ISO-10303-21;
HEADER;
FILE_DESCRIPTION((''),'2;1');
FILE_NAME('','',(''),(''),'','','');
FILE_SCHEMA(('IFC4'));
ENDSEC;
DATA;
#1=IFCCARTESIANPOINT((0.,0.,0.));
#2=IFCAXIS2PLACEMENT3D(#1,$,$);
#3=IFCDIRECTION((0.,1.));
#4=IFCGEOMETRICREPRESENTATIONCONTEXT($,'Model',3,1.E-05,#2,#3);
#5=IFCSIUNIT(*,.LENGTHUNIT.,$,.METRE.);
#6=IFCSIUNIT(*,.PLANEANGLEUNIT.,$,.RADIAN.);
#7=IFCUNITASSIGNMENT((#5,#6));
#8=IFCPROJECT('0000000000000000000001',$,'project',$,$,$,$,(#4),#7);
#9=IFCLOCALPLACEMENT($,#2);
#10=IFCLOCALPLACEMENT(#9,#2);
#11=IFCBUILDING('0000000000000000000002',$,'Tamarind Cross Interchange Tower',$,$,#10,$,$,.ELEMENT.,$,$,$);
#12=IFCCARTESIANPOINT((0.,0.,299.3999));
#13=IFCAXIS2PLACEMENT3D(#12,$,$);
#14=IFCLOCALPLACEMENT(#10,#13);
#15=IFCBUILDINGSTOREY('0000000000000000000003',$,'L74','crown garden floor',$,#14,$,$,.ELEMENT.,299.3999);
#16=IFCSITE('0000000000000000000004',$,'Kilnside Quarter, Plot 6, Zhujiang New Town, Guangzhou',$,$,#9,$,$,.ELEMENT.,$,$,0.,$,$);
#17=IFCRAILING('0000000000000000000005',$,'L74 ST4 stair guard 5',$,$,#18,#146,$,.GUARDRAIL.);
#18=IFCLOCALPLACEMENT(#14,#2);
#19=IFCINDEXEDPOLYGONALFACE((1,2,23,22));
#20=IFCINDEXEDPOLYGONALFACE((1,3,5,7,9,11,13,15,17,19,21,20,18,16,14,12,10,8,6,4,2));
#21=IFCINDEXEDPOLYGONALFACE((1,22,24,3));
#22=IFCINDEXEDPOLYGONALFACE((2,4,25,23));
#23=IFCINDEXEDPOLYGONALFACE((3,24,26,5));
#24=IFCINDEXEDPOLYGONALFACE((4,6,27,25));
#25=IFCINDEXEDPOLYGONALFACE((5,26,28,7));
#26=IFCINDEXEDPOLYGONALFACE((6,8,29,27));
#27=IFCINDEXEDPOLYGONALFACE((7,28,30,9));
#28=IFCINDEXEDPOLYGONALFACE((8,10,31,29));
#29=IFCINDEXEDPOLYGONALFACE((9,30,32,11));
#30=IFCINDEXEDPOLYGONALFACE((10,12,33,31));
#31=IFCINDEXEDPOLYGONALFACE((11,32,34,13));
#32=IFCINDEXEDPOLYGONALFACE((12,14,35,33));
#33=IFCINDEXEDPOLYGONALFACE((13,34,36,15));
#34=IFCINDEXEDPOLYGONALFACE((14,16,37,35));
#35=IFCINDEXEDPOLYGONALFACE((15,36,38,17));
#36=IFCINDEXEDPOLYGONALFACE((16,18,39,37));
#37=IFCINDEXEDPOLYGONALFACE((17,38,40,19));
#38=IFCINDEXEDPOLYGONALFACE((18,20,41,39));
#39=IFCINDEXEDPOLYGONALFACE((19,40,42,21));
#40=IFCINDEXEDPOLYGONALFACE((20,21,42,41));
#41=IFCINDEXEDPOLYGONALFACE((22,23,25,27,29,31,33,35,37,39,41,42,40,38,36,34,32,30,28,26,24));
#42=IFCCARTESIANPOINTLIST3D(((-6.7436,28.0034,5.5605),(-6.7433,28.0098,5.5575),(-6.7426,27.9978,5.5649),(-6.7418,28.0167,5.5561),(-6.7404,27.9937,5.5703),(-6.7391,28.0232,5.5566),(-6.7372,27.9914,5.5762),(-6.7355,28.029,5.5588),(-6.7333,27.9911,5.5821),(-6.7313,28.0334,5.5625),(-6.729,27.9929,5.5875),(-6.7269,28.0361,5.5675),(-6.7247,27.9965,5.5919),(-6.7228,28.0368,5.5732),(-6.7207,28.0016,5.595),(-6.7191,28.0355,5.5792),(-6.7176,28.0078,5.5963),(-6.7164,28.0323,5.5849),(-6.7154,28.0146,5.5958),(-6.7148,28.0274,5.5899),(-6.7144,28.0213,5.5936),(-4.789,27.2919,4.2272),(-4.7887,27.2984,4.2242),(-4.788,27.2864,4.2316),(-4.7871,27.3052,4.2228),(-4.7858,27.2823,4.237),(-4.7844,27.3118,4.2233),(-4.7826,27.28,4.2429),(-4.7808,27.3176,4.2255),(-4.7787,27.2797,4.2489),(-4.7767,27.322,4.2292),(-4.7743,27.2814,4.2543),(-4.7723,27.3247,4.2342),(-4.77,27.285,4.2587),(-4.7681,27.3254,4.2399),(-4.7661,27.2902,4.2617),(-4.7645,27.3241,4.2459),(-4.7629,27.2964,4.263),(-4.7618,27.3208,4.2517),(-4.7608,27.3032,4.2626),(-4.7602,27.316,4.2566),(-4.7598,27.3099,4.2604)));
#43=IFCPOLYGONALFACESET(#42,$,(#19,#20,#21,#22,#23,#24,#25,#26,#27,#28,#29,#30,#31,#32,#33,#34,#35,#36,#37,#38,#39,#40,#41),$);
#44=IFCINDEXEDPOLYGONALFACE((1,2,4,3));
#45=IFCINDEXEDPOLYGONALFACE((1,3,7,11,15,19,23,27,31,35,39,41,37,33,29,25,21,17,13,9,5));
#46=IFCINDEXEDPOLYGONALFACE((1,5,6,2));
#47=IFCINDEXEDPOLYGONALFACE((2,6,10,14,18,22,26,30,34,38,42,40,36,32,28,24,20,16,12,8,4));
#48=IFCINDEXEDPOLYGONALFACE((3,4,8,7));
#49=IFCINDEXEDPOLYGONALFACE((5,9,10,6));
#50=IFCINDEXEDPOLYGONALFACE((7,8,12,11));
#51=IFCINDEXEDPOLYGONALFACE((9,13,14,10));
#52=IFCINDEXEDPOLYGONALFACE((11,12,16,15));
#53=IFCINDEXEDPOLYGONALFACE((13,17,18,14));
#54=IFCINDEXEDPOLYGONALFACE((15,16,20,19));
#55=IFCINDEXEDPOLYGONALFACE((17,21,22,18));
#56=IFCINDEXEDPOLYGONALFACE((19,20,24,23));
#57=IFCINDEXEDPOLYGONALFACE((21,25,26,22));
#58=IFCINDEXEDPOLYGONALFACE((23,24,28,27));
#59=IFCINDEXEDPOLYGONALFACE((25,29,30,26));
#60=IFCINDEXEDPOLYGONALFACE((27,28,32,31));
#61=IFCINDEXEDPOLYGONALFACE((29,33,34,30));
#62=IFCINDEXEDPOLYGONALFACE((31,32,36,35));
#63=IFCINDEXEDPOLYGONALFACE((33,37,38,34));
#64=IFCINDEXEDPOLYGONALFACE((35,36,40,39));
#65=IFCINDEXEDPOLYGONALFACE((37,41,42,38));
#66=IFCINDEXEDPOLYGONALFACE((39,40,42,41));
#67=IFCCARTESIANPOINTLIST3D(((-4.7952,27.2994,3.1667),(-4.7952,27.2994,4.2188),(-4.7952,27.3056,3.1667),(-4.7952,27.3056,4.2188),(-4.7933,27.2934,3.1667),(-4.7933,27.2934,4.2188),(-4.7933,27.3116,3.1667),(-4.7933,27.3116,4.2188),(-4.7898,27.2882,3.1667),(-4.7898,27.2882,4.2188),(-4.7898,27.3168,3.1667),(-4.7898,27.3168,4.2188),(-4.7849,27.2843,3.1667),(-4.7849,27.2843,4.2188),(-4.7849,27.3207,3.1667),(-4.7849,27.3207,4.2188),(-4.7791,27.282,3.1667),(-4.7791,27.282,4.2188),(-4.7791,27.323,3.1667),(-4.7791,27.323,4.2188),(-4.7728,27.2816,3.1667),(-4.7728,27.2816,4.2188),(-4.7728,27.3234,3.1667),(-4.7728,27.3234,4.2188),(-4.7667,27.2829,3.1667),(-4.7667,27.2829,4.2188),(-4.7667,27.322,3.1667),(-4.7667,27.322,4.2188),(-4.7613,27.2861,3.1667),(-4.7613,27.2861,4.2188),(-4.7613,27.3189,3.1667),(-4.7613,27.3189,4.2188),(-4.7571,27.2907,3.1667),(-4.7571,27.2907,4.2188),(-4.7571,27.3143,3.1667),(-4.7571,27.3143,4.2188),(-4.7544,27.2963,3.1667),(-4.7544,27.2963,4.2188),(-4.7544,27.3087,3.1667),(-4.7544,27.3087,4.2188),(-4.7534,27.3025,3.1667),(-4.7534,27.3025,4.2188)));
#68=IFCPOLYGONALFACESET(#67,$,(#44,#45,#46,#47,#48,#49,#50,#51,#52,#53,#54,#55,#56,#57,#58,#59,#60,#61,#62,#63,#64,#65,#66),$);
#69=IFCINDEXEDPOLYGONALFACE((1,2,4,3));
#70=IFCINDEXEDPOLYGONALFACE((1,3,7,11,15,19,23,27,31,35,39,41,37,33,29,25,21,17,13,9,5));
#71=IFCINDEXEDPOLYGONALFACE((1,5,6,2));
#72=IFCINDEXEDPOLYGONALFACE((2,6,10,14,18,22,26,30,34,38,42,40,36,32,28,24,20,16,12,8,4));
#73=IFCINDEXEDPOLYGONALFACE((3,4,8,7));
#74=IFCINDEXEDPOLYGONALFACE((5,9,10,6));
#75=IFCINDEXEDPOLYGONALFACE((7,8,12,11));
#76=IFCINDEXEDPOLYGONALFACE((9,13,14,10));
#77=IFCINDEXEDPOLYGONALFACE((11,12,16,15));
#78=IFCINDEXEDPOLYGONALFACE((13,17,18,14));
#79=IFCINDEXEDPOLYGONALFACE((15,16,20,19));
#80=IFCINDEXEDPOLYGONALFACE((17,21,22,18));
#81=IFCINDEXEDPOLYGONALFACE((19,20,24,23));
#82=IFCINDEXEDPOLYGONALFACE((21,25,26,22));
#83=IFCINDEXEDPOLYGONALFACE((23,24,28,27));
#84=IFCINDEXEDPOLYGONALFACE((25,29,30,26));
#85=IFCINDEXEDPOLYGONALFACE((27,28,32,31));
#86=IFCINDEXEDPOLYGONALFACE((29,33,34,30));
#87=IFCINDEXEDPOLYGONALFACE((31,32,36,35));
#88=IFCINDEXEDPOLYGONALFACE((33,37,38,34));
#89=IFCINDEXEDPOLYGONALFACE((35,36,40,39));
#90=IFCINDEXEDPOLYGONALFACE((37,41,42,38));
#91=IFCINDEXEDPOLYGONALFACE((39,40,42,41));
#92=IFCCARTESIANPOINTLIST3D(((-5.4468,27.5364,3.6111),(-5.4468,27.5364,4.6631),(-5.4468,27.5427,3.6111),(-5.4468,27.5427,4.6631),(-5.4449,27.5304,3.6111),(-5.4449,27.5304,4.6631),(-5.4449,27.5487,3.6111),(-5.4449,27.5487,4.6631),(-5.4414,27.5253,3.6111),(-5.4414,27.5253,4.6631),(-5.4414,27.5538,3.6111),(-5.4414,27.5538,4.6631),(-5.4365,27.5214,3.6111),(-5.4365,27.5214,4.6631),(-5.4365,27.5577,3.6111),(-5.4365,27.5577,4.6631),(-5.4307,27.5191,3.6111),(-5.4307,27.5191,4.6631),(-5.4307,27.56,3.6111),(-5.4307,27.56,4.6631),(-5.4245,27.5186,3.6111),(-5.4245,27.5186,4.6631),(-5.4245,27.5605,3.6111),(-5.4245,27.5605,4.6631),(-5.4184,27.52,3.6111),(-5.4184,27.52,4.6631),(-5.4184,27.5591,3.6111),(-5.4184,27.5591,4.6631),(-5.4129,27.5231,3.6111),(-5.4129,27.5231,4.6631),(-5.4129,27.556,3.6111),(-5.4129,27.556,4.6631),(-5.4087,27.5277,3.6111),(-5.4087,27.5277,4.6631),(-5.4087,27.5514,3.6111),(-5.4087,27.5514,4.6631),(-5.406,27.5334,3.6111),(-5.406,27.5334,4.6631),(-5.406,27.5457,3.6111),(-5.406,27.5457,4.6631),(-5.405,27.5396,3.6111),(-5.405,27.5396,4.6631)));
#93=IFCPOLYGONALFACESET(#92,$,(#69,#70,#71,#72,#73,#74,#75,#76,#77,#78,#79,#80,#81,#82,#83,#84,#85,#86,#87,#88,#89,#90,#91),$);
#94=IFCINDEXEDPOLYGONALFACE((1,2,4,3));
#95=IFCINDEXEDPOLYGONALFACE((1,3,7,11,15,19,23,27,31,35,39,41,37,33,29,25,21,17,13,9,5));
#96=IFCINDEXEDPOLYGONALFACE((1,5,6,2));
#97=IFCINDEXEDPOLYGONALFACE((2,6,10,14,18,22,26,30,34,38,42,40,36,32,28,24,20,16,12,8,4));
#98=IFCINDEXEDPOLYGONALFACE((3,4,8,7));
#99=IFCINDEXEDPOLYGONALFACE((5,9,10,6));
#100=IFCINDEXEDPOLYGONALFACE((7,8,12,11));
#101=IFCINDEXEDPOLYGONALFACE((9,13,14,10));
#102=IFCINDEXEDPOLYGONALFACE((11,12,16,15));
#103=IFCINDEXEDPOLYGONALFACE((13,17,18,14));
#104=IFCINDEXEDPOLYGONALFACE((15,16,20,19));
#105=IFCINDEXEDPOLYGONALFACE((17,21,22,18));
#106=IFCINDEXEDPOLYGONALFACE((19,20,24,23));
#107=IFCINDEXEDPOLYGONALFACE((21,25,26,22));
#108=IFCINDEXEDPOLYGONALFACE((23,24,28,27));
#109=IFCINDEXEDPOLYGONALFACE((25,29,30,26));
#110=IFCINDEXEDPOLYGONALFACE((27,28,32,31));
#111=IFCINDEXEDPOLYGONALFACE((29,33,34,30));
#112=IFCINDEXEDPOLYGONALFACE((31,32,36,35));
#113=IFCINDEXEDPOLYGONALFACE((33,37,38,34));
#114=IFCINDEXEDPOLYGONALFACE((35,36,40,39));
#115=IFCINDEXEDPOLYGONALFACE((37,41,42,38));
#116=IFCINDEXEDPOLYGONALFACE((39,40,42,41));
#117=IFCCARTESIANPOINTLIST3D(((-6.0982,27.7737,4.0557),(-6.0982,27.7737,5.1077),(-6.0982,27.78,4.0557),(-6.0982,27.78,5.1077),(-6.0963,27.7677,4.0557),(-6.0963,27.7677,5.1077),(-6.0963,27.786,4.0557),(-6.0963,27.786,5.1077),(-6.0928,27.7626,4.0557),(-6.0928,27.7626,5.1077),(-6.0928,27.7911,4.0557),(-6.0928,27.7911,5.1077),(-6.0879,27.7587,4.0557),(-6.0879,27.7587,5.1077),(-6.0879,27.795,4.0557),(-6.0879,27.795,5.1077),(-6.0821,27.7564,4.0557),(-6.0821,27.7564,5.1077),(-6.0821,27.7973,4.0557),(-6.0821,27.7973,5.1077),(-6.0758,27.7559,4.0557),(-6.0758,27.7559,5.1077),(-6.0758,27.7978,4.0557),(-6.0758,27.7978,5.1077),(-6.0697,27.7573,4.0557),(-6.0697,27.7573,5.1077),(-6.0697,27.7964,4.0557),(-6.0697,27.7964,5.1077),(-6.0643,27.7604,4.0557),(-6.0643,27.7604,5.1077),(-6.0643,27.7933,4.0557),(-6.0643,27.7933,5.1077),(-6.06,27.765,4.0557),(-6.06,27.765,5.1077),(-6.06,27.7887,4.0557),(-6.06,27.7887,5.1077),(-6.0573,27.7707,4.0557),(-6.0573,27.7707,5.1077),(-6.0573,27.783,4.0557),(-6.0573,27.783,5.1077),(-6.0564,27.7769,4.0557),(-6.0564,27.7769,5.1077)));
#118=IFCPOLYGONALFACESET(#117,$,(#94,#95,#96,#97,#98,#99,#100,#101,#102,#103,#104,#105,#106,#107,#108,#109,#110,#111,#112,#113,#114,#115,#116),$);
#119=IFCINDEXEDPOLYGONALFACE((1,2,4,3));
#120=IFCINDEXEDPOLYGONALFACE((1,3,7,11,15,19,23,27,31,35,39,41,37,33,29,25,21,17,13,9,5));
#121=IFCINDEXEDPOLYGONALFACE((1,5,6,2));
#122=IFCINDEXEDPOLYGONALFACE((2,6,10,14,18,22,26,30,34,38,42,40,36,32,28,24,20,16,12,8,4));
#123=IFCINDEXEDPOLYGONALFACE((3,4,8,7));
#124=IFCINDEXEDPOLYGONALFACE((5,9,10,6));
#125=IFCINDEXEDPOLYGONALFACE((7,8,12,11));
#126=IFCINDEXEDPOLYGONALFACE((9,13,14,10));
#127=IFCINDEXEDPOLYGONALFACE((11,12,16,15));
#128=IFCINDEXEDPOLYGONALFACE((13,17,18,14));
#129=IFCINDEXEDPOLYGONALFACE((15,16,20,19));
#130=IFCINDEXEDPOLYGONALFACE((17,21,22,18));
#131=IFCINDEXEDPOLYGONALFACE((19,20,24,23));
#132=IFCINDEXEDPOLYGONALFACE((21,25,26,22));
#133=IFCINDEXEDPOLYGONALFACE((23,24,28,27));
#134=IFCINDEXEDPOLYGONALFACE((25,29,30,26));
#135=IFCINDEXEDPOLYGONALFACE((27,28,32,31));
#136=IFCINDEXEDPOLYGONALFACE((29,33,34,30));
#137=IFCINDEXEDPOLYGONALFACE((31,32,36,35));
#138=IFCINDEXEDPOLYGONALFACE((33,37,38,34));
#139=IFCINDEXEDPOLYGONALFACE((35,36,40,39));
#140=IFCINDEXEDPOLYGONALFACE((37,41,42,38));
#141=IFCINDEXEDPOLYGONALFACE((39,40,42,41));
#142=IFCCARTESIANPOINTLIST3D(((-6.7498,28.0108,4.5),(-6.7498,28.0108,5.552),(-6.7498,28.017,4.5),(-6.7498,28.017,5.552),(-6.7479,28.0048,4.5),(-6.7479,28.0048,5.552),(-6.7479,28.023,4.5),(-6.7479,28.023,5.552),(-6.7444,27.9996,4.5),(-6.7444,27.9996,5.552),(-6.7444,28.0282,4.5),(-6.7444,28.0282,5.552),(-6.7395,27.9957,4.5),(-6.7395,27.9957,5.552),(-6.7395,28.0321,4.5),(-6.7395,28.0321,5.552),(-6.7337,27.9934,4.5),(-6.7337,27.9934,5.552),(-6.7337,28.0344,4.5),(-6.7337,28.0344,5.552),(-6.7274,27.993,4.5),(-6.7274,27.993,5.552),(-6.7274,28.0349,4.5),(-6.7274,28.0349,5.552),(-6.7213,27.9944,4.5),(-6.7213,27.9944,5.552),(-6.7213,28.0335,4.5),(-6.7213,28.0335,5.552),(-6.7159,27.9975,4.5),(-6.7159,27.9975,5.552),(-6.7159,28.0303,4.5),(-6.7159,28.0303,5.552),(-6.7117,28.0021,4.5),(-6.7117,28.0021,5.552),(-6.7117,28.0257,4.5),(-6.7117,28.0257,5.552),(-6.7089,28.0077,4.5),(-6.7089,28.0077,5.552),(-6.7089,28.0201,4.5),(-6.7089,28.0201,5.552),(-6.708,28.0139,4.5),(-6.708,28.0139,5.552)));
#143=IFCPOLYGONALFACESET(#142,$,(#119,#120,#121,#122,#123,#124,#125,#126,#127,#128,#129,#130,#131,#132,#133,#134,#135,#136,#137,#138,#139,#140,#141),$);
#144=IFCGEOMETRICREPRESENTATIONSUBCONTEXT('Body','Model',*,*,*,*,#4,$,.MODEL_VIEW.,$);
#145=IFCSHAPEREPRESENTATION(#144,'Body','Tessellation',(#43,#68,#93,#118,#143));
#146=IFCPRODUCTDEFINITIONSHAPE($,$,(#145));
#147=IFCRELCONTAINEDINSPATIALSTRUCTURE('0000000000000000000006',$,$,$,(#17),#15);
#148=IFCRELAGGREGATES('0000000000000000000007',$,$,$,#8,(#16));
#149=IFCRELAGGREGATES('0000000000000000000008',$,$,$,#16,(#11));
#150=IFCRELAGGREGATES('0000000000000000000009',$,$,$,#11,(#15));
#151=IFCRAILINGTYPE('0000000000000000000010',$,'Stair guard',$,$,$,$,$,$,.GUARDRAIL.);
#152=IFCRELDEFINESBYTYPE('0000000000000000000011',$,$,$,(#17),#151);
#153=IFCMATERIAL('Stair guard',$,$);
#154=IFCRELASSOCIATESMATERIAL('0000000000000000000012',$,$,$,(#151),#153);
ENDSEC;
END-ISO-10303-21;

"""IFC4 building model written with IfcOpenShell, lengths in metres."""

from ifc_helpers import new_model, si_unit, direction, frame, origin, origin_2d, place, context, subcontext, project, spatial, circle, extrude, material, type_object, element, save


model = new_model("IFC4")

# Units and contexts
model_context = context("Model", 3, precision=1e-05, world=origin(), true_north=direction((0.0, 1.0)))
body_context = subcontext(model_context, "Body", "Model", "MODEL_VIEW")
ifc_project = project(units=[si_unit("LENGTHUNIT", "METRE"), si_unit("PLANEANGLEUNIT", "RADIAN")], contexts=[model_context])

# Site, building, storey
site_placement = place(None, origin())
site = spatial("IfcSite", under=ifc_project, at=site_placement, Name="Kilnside Quarter, Plot 6, Zhujiang New Town, Guangzhou", CompositionType="ELEMENT", RefElevation=0.0)
building_placement = place(site_placement, origin())
building = spatial("IfcBuilding", under=site, at=building_placement, Name="Tamarind Cross Interchange Tower", CompositionType="ELEMENT")
storey_placement = place(building_placement, frame((0.0, 0.0, 299.3999)))
storey = spatial("IfcBuildingStorey", under=building, at=storey_placement, Name="L74", Description="crown garden floor", CompositionType="ELEMENT", Elevation=299.3999)

# Railing
ifc_material_1 = material(Name="Stair guard")
railing_type_1 = type_object("IfcRailingType", Name="Stair guard", PredefinedType="GUARDRAIL", material=ifc_material_1)
railing_1_placement = place(storey_placement, frame((-4.7744, 27.3025, 3.1667)))
element("IfcRailing", 1, at=railing_1_placement, inside=storey, type_object=railing_type_1, Name="L74 ST4 stair guard 5", PredefinedType="GUARDRAIL", context=body_context, shape_type="SweptSolid", body=[
    extrude(circle(Radius=0.0239, at=origin_2d()), frame((0.0, 0.0, 1.0762), z_axis=(-0.791124, 0.287951, 0.539636), x_axis=(-0.342026, -0.939691, 0.0)), (0.0, 0.0, 1.0), 2.4707),
    extrude(circle(Radius=0.021, at=origin_2d()), origin(), (0.0, 0.0, 1.0), 1.052),
    extrude(circle(Radius=0.021, at=origin_2d()), frame((-0.6516, 0.2371, 0.4443)), (0.0, 0.0, 1.0), 1.052),
    extrude(circle(Radius=0.021, at=origin_2d()), frame((-1.303, 0.4744, 0.8889)), (0.0, 0.0, 1.0), 1.052),
    extrude(circle(Radius=0.021, at=origin_2d()), frame((-1.9546, 0.7114, 1.3333)), (0.0, 0.0, 1.0), 1.052),
])

save(model, "model.ifc")
